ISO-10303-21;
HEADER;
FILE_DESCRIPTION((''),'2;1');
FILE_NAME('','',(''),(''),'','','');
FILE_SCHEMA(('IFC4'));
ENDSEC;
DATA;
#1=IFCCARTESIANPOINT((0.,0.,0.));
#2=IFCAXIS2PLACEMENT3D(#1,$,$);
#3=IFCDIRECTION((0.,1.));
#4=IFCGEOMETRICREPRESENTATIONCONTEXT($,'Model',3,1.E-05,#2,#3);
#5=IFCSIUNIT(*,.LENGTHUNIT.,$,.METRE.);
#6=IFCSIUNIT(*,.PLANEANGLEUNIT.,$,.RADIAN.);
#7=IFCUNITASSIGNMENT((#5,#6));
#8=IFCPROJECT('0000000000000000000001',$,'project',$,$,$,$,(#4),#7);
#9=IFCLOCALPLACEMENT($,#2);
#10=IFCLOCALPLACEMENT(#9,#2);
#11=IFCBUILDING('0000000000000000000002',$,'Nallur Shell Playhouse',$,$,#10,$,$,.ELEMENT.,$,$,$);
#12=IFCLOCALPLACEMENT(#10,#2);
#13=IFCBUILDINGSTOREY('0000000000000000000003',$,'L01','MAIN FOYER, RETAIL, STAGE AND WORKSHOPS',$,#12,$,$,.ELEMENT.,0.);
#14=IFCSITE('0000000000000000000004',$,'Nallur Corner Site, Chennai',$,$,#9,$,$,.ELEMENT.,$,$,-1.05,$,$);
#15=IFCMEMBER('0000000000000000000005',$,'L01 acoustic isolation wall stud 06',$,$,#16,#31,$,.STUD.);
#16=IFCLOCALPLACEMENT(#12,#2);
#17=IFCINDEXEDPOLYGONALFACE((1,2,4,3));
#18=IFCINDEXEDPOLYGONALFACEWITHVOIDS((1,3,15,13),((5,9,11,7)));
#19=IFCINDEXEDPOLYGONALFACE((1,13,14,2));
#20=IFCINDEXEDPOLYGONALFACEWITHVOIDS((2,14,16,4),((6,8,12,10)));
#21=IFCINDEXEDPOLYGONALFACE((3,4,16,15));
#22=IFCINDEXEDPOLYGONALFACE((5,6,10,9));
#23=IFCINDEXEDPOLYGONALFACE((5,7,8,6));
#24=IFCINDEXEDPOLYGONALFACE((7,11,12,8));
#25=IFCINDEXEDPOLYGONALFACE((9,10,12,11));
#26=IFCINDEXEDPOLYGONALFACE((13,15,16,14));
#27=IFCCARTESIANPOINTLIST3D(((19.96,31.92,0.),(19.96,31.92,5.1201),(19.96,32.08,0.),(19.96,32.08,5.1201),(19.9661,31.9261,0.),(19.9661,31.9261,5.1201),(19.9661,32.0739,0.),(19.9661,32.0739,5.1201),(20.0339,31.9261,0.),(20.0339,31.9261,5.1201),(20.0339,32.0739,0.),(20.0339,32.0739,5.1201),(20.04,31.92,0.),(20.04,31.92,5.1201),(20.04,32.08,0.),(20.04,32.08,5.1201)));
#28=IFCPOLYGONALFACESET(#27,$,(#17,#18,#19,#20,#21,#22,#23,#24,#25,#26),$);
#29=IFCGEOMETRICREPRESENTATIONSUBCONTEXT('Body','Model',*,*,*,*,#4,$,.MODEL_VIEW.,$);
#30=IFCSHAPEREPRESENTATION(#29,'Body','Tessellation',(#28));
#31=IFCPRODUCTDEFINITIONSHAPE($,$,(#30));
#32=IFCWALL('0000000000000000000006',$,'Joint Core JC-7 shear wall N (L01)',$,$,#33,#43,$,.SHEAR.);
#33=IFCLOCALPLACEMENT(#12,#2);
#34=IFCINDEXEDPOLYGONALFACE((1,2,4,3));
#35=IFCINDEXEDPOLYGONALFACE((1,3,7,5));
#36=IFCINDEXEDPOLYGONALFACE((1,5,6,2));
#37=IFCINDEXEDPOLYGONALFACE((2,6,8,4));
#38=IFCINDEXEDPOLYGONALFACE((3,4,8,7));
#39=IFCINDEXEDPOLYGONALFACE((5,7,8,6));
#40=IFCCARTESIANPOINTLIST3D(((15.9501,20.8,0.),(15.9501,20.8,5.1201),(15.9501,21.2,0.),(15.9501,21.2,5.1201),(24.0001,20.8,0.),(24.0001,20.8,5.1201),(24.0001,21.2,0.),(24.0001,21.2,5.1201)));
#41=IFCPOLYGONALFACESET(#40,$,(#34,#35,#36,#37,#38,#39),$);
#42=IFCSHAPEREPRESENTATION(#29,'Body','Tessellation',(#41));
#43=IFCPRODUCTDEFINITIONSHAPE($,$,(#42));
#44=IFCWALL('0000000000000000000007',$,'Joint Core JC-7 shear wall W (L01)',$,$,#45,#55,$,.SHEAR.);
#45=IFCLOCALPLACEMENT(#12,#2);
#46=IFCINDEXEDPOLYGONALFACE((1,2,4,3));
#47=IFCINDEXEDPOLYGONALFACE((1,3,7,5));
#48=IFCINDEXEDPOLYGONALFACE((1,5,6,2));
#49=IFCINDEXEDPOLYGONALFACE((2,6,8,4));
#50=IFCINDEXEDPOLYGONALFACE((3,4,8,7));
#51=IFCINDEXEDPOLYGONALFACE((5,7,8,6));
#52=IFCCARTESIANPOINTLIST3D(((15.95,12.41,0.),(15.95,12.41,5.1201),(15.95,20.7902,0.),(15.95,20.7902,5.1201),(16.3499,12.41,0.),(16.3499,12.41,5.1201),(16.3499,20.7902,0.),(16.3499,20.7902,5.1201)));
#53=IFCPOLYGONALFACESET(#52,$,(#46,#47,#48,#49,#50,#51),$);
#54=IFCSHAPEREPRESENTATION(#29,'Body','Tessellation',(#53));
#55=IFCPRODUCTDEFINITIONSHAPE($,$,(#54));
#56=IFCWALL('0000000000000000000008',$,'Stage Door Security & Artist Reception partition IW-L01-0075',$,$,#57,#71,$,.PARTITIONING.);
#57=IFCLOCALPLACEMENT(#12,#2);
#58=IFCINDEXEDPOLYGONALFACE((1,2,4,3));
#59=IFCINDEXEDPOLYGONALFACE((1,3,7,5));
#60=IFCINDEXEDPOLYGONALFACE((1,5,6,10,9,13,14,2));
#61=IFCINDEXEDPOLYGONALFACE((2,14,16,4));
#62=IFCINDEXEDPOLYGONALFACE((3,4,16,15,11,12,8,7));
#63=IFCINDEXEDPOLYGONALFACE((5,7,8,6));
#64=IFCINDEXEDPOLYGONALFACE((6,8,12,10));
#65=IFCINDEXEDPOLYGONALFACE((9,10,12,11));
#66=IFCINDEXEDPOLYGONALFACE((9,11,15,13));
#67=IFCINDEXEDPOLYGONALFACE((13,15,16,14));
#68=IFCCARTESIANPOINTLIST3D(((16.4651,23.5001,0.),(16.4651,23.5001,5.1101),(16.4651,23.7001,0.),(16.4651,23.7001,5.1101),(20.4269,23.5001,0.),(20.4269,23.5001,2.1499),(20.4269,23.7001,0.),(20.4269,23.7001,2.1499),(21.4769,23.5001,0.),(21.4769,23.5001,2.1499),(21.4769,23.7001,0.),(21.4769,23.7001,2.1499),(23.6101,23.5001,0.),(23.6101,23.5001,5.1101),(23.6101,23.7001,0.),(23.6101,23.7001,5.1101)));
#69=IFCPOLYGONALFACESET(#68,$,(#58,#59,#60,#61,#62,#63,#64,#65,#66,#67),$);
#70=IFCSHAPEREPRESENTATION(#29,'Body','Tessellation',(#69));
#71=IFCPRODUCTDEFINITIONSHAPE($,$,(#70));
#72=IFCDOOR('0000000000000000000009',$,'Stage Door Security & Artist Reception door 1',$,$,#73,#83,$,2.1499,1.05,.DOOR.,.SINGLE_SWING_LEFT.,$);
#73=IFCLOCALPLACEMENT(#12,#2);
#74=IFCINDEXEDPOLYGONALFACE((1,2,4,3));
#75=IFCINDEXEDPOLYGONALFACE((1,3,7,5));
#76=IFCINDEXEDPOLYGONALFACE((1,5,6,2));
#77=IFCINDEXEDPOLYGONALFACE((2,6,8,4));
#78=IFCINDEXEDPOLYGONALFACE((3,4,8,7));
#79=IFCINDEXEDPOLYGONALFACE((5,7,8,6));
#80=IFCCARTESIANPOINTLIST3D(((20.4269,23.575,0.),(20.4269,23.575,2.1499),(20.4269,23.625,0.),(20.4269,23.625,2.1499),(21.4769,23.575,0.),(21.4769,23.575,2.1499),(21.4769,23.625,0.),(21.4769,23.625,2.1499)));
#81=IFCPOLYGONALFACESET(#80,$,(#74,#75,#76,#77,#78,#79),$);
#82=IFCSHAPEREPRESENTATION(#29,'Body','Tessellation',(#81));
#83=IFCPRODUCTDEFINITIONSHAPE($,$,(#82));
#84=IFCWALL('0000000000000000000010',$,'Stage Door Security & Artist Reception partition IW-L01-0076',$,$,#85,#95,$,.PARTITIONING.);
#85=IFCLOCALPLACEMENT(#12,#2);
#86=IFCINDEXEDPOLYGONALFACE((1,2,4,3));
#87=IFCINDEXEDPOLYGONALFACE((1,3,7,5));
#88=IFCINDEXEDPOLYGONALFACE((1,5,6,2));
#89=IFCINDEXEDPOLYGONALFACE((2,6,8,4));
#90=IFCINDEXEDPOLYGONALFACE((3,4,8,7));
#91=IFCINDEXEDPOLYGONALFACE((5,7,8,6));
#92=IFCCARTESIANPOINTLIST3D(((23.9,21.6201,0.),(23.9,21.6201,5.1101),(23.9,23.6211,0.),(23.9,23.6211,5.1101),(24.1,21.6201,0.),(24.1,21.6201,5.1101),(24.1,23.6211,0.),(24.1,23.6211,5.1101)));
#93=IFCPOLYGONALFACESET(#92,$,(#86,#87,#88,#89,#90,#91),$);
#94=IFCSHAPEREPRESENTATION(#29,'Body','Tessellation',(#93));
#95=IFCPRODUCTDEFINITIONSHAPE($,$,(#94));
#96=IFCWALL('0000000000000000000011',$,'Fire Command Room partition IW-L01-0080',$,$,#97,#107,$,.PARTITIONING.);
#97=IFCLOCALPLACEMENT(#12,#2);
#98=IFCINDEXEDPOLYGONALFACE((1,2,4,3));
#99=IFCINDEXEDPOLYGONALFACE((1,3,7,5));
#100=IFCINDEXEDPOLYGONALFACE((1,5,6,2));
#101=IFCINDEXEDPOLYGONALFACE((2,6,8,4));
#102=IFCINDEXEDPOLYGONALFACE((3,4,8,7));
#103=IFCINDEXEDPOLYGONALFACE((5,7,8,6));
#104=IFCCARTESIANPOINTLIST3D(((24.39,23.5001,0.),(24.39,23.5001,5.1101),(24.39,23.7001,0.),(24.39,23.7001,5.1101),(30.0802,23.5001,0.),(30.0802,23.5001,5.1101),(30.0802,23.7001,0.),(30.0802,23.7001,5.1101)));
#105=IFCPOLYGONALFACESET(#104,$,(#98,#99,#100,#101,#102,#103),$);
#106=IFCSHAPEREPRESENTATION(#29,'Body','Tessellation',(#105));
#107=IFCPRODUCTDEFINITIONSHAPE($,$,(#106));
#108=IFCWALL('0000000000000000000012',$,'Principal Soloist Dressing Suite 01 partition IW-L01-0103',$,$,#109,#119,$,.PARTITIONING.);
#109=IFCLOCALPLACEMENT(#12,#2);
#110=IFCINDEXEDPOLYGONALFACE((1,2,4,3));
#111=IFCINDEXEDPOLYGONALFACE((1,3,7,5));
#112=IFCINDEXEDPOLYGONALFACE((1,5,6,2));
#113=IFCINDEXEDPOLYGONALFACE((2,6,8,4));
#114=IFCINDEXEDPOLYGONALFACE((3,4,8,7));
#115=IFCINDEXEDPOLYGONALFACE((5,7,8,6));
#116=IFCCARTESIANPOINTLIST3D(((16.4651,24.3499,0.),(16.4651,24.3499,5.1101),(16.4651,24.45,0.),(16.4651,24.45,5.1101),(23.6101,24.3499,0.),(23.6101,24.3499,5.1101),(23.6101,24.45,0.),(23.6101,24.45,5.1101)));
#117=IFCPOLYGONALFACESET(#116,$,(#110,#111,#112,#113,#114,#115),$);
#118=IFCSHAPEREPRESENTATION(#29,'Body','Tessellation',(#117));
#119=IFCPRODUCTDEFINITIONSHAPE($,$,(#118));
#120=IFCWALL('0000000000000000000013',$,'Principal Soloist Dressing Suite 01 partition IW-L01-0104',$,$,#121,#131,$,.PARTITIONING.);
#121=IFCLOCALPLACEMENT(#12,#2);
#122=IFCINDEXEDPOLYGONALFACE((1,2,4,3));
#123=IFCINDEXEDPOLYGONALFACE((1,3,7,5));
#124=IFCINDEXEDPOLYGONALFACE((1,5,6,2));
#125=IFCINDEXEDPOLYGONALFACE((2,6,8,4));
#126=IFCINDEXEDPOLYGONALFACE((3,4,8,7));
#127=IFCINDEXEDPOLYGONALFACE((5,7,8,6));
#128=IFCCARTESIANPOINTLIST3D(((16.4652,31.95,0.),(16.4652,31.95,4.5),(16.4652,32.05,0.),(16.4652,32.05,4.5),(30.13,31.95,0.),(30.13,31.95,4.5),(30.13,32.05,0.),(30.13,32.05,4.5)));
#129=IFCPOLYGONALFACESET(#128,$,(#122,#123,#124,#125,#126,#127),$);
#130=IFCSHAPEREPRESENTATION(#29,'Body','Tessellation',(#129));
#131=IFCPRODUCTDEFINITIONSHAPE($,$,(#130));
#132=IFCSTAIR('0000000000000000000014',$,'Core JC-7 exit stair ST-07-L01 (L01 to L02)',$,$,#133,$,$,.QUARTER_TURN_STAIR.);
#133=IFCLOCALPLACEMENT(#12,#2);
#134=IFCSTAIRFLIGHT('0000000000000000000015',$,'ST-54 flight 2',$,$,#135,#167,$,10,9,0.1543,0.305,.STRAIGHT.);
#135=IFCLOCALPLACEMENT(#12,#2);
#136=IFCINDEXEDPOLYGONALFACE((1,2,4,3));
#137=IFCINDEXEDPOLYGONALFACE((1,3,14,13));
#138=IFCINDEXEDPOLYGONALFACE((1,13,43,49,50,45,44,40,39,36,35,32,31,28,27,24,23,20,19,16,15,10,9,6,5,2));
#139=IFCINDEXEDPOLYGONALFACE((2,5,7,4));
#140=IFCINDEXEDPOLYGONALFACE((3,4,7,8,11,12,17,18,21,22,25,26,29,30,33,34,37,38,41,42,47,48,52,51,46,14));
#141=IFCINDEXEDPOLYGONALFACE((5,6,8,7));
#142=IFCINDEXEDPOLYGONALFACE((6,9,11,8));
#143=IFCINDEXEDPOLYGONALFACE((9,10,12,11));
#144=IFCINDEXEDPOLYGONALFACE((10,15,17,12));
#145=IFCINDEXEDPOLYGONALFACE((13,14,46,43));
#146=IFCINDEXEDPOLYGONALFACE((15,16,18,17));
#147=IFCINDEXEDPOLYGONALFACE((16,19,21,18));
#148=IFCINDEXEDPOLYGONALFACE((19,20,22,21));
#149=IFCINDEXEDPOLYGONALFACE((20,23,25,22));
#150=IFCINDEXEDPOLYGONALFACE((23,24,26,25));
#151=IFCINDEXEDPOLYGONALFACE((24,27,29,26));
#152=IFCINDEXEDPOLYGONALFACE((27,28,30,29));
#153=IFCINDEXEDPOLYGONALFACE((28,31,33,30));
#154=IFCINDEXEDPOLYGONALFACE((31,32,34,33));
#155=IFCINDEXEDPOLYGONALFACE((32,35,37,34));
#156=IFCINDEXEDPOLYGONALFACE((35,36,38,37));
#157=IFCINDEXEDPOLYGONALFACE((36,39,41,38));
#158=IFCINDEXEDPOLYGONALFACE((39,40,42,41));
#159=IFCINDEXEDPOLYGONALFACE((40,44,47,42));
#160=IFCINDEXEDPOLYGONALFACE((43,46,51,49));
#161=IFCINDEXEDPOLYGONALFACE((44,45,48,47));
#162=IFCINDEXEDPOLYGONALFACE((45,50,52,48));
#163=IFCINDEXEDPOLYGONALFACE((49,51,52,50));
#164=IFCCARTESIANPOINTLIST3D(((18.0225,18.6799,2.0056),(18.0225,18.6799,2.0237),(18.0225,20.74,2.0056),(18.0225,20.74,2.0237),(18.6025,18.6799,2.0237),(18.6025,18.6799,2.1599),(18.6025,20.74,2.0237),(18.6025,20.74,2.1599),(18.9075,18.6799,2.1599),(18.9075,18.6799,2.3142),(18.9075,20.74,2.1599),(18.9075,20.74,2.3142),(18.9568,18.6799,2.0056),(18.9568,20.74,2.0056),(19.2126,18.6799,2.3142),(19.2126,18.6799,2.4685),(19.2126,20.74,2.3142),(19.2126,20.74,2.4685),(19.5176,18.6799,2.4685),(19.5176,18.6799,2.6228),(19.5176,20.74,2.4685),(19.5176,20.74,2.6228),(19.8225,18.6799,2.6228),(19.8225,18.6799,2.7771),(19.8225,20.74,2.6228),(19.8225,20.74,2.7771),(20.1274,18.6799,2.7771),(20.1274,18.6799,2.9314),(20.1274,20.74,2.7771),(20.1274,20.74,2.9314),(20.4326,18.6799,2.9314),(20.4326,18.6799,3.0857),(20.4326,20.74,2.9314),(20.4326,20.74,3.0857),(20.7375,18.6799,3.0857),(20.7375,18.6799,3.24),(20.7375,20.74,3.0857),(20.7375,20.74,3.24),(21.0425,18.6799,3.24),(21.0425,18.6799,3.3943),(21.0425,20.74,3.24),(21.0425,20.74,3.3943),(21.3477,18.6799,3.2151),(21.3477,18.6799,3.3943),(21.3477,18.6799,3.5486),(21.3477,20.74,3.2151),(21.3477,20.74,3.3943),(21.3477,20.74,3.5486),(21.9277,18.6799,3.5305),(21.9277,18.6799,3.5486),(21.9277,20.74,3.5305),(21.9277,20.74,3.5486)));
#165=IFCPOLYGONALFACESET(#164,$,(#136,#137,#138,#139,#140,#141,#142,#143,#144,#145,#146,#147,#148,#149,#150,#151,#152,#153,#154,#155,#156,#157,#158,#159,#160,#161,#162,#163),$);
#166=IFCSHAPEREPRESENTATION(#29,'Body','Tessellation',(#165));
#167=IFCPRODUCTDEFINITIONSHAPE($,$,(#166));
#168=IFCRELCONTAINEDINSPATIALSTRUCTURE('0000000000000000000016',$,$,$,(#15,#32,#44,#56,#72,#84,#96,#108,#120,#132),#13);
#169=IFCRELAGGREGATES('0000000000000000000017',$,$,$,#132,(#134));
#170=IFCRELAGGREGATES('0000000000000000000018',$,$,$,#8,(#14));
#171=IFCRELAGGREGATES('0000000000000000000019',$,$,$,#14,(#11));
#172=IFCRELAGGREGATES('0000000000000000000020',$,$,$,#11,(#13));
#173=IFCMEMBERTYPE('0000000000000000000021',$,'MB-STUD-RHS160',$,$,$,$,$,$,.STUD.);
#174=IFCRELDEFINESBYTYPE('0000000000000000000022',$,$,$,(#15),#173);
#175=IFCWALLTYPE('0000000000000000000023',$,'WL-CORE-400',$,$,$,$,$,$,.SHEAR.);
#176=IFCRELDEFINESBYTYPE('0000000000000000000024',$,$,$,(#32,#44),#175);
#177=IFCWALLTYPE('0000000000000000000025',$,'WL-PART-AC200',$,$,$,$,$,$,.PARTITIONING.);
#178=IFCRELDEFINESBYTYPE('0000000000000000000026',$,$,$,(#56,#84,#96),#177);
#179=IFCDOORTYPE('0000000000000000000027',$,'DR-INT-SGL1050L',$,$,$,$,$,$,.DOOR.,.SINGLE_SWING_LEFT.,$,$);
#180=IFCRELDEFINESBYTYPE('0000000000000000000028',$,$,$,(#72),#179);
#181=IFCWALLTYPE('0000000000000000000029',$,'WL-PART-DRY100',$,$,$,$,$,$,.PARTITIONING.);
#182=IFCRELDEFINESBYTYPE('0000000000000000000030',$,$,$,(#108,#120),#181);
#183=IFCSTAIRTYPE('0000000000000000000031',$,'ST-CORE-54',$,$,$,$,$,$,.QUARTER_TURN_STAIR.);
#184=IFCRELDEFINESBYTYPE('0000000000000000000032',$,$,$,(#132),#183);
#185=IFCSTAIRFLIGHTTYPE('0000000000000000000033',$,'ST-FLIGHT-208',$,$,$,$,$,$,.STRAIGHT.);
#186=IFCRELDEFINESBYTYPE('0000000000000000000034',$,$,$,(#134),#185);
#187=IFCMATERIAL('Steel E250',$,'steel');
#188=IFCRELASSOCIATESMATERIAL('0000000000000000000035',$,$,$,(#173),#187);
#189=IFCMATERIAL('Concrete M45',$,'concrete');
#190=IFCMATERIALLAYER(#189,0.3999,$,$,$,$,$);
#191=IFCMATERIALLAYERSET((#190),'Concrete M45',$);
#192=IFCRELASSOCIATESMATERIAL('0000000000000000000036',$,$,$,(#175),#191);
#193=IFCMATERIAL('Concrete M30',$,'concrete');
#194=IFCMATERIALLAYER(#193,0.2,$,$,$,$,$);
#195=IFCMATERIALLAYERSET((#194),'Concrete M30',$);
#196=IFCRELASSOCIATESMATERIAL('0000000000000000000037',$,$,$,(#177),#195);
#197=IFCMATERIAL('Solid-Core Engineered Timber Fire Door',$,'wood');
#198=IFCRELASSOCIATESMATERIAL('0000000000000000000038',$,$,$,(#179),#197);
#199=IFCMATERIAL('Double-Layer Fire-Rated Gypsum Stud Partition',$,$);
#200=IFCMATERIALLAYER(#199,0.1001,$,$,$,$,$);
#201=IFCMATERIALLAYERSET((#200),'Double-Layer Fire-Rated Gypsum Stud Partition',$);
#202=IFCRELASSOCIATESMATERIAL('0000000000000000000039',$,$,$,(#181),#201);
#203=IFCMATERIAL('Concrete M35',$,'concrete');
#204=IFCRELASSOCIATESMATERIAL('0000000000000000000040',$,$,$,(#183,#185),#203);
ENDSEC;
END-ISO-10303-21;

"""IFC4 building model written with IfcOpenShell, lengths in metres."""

from ifc_helpers import new_model, si_unit, direction, frame, frame_2d, origin, origin_2d, place, context, subcontext, project, spatial, polyline, rectangle, hollow_rectangle, outline, extrude, material, layer, layer_set, material_profile, profile_set, type_object, element, fill, aggregate, save


model = new_model("IFC4")

# Units and contexts
model_context = context("Model", 3, precision=1e-05, world=origin(), true_north=direction((0.0, 1.0)))
body_context = subcontext(model_context, "Body", "Model", "MODEL_VIEW")
ifc_project = project(units=[si_unit("LENGTHUNIT", "METRE"), si_unit("PLANEANGLEUNIT", "RADIAN")], contexts=[model_context])

# Site, building, storey
site_placement = place(None, origin())
site = spatial("IfcSite", under=ifc_project, at=site_placement, Name="Nallur Corner Site, Chennai", CompositionType="ELEMENT", RefElevation=-1.05)
building_placement = place(site_placement, origin())
building = spatial("IfcBuilding", under=site, at=building_placement, Name="Nallur Shell Playhouse", CompositionType="ELEMENT")
storey_placement = place(building_placement, origin())
storey = spatial("IfcBuildingStorey", under=building, at=storey_placement, Name="L01", Description="MAIN FOYER, RETAIL, STAGE AND WORKSHOPS", CompositionType="ELEMENT", Elevation=0.0)

# Shared definitions
ifc_material_1 = material(Name="Steel E250", Category="steel")
ifc_material_2 = material(Name="Concrete M35", Category="concrete")

# Member
ifc_material_profile_1 = material_profile(ifc_material_1, hollow_rectangle(XDim=0.0801, YDim=0.1599, WallThickness=0.0061, at=origin_2d()), Name="RHS 160x80x6")
ifc_profile_set_1 = profile_set([ifc_material_profile_1], Name="Steel E250")
member_type = type_object("IfcMemberType", Name="MB-STUD-RHS160", PredefinedType="STUD", material=ifc_profile_set_1)
for number, where, z_axis, x_axis, name in (
    (1, (20.0, 32.0, 0.0), (0.0, 0.0, 1.0), (1.0, 0.0, 0.0), "L01 acoustic isolation wall stud 06"),
):
    element("IfcMember", number, at=place(storey_placement, frame(where, z_axis=z_axis, x_axis=x_axis)), inside=storey, type_object=member_type, Name=name, PredefinedType="STUD", context=body_context, shape_type="SweptSolid", body=[
        extrude(hollow_rectangle(XDim=0.0801, YDim=0.1599, WallThickness=0.0061, at=origin_2d()), origin(), (0.0, 0.0, 1.0), 5.1201),
    ])

# Walls
ifc_material_3 = material(Name="Concrete M45", Category="concrete")
ifc_layer_1 = layer(ifc_material_3, 0.3999)
ifc_layer_set_1 = layer_set([ifc_layer_1], Name="Concrete M45")
wall_type_1 = type_object("IfcWallType", Name="WL-CORE-400", PredefinedType="SHEAR", material=ifc_layer_set_1)
wall_1_placement = place(storey_placement, frame((24.0, 21.0, 0.0), z_axis=(0.0, 0.0, 1.0), x_axis=(-1.0, 0.0, 0.0)))
element("IfcWall", 2, at=wall_1_placement, inside=storey, type_object=wall_type_1, Name="Joint Core JC-7 shear wall N (L01)", PredefinedType="SHEAR", context=body_context, shape_type="SweptSolid", body=[
    extrude(rectangle(XDim=8.05, YDim=0.3999, at=frame_2d((4.0249, 0.0))), origin(), (0.0, 0.0, 1.0), 5.1201),
])
wall_2_placement = place(storey_placement, frame((16.1499, 20.79, 0.0), z_axis=(0.0, 0.0, 1.0), x_axis=(0.0, -1.0, 0.0)))
element("IfcWall", 3, at=wall_2_placement, inside=storey, type_object=wall_type_1, Name="Joint Core JC-7 shear wall W (L01)", PredefinedType="SHEAR", context=body_context, shape_type="SweptSolid", body=[
    extrude(rectangle(XDim=8.3801, YDim=0.3999, at=frame_2d((4.1899, 0.0))), origin(), (0.0, 0.0, 1.0), 5.1201),
])

# Wall, opening, door
ifc_material_4 = material(Name="Concrete M30", Category="concrete")
ifc_layer_2 = layer(ifc_material_4, 0.2)
ifc_layer_set_2 = layer_set([ifc_layer_2], Name="Concrete M30")
wall_type_2 = type_object("IfcWallType", Name="WL-PART-AC200", PredefinedType="PARTITIONING", material=ifc_layer_set_2)
wall_3_placement = place(storey_placement, frame((16.4651, 23.6001, 0.0), z_axis=(0.0, 0.0, 1.0), x_axis=(1.0, 0.0, 0.0)))
wall_3 = element("IfcWall", 4, at=wall_3_placement, inside=storey, type_object=wall_type_2, Name="Stage Door Security & Artist Reception partition IW-L01-0075", PredefinedType="PARTITIONING", context=body_context, shape_type="SweptSolid", body=[
    extrude(rectangle(XDim=7.145, YDim=0.2, at=frame_2d((3.5725, 0.0))), origin(), (0.0, 0.0, 1.0), 5.1101),
])
opening_placement = place(wall_3_placement, frame((3.9619, 0.0, 0.0)))
opening = element("IfcOpeningElement", 5, at=opening_placement, cuts=wall_3, PredefinedType="OPENING", context=body_context, shape_type="SweptSolid", body=[
    extrude(rectangle(XDim=1.05, YDim=2.1499, at=frame_2d((0.5249, 1.075))), frame((0.0, 0.1099, 0.0), z_axis=(0.0, -1.0, 0.0), x_axis=(1.0, 0.0, 0.0)), (0.0, 0.0, 1.0), 0.22),
])
ifc_material_5 = material(Name="Solid-Core Engineered Timber Fire Door", Category="wood")
door_type = type_object("IfcDoorType", Name="DR-INT-SGL1050L", OperationType="SINGLE_SWING_LEFT", PredefinedType="DOOR", material=ifc_material_5)
door_placement = place(opening_placement, origin())
door = element("IfcDoor", 6, at=door_placement, inside=storey, type_object=door_type, Name="Stage Door Security & Artist Reception door 1", OperationType="SINGLE_SWING_LEFT", OverallHeight=2.1499, OverallWidth=1.05, PredefinedType="DOOR", context=body_context, shape_type="SweptSolid", body=[
    extrude(rectangle(XDim=1.05, YDim=2.1499, at=frame_2d((0.5249, 1.075))), frame((0.0, 0.0249, 0.0), z_axis=(0.0, -1.0, 0.0), x_axis=(1.0, 0.0, 0.0)), (0.0, 0.0, 1.0), 0.05),
])
fill(opening, door)

# Walls
wall_4_placement = place(storey_placement, frame((24.0, 23.6211, 0.0), z_axis=(0.0, 0.0, 1.0), x_axis=(0.0, -1.0, 0.0)))
element("IfcWall", 7, at=wall_4_placement, inside=storey, type_object=wall_type_2, Name="Stage Door Security & Artist Reception partition IW-L01-0076", PredefinedType="PARTITIONING", context=body_context, shape_type="SweptSolid", body=[
    extrude(rectangle(XDim=2.001, YDim=0.2, at=frame_2d((1.0005, 0.0))), origin(), (0.0, 0.0, 1.0), 5.1101),
])
wall_5_placement = place(storey_placement, frame((24.3899, 23.6001, 0.0), z_axis=(0.0, 0.0, 1.0), x_axis=(1.0, 0.0, 0.0)))
element("IfcWall", 8, at=wall_5_placement, inside=storey, type_object=wall_type_2, Name="Fire Command Room partition IW-L01-0080", PredefinedType="PARTITIONING", context=body_context, shape_type="SweptSolid", body=[
    extrude(rectangle(XDim=5.6902, YDim=0.2, at=frame_2d((2.8452, 0.0))), origin(), (0.0, 0.0, 1.0), 5.1101),
])
ifc_material_6 = material(Name="Double-Layer Fire-Rated Gypsum Stud Partition")
ifc_layer_3 = layer(ifc_material_6, 0.1001)
ifc_layer_set_3 = layer_set([ifc_layer_3], Name="Double-Layer Fire-Rated Gypsum Stud Partition")
wall_type_3 = type_object("IfcWallType", Name="WL-PART-DRY100", PredefinedType="PARTITIONING", material=ifc_layer_set_3)
wall_6_placement = place(storey_placement, frame((23.6101, 24.3999, 0.0), z_axis=(0.0, 0.0, 1.0), x_axis=(-1.0, 0.0, 0.0)))
element("IfcWall", 9, at=wall_6_placement, inside=storey, type_object=wall_type_3, Name="Principal Soloist Dressing Suite 01 partition IW-L01-0103", PredefinedType="PARTITIONING", context=body_context, shape_type="SweptSolid", body=[
    extrude(rectangle(XDim=7.145, YDim=0.1001, at=frame_2d((3.5725, 0.0))), origin(), (0.0, 0.0, 1.0), 5.1101),
])
wall_7_placement = place(storey_placement, frame((16.4651, 32.0, 0.0), z_axis=(0.0, 0.0, 1.0), x_axis=(1.0, 0.0, 0.0)))
element("IfcWall", 10, at=wall_7_placement, inside=storey, type_object=wall_type_3, Name="Principal Soloist Dressing Suite 01 partition IW-L01-0104", PredefinedType="PARTITIONING", context=body_context, shape_type="SweptSolid", body=[
    extrude(rectangle(XDim=13.6648, YDim=0.1001, at=frame_2d((6.8325, 0.0))), origin(), (0.0, 0.0, 1.0), 4.5),
])

# Stair, stair flight
stair_type = type_object("IfcStairType", Name="ST-CORE-54", PredefinedType="QUARTER_TURN_STAIR", material=ifc_material_2)
stair_placement = place(storey_placement, origin())
stair = element("IfcStair", 11, at=stair_placement, inside=storey, type_object=stair_type, Name="Core JC-7 exit stair ST-07-L01 (L01 to L02)", PredefinedType="QUARTER_TURN_STAIR")
stair_flight_type = type_object("IfcStairFlightType", Name="ST-FLIGHT-208", PredefinedType="STRAIGHT", material=ifc_material_2)
stair_flight_1_placement = place(storey_placement, frame((18.6025, 19.71, 2.0056), z_axis=(0.0, 0.0, 1.0), x_axis=(1.0, 0.0, 0.0)))
stair_flight_1 = element("IfcStairFlight", 12, at=stair_flight_1_placement, type_object=stair_flight_type, Name="ST-54 flight 2", NumberOfRisers=10, NumberOfTreads=9, PredefinedType="STRAIGHT", RiserHeight=0.1543, TreadLength=0.305, context=body_context, shape_type="SweptSolid", body=[
    extrude(outline(polyline([(-0.5801, 0.0), (-0.5801, 0.0181), (0.0, 0.0181), (0.0, 0.1543), (0.3049, 0.1543), (0.3049, 0.3086), (0.6101, 0.3086), (0.6101, 0.4629), (0.915, 0.4629), (0.915, 0.6172), (1.22, 0.6172), (1.22, 0.7715), (1.5249, 0.7715), (1.5249, 0.9258), (1.8301, 0.9258), (1.8301, 1.0801), (2.135, 1.0801), (2.135, 1.2344), (2.4399, 1.2344), (2.4399, 1.3887), (2.7451, 1.3887), (2.7451, 1.543), (3.3252, 1.543), (3.3252, 1.5249), (2.7451, 1.2095), (0.3542, 0.0), (-0.5801, 0.0)])), frame((0.0, 1.03, 0.0), z_axis=(0.0, -1.0, 0.0), x_axis=(1.0, 0.0, 0.0)), (0.0, 0.0, 1.0), 2.0601),
])
aggregate(stair, [stair_flight_1])

save(model, "model.ifc")
